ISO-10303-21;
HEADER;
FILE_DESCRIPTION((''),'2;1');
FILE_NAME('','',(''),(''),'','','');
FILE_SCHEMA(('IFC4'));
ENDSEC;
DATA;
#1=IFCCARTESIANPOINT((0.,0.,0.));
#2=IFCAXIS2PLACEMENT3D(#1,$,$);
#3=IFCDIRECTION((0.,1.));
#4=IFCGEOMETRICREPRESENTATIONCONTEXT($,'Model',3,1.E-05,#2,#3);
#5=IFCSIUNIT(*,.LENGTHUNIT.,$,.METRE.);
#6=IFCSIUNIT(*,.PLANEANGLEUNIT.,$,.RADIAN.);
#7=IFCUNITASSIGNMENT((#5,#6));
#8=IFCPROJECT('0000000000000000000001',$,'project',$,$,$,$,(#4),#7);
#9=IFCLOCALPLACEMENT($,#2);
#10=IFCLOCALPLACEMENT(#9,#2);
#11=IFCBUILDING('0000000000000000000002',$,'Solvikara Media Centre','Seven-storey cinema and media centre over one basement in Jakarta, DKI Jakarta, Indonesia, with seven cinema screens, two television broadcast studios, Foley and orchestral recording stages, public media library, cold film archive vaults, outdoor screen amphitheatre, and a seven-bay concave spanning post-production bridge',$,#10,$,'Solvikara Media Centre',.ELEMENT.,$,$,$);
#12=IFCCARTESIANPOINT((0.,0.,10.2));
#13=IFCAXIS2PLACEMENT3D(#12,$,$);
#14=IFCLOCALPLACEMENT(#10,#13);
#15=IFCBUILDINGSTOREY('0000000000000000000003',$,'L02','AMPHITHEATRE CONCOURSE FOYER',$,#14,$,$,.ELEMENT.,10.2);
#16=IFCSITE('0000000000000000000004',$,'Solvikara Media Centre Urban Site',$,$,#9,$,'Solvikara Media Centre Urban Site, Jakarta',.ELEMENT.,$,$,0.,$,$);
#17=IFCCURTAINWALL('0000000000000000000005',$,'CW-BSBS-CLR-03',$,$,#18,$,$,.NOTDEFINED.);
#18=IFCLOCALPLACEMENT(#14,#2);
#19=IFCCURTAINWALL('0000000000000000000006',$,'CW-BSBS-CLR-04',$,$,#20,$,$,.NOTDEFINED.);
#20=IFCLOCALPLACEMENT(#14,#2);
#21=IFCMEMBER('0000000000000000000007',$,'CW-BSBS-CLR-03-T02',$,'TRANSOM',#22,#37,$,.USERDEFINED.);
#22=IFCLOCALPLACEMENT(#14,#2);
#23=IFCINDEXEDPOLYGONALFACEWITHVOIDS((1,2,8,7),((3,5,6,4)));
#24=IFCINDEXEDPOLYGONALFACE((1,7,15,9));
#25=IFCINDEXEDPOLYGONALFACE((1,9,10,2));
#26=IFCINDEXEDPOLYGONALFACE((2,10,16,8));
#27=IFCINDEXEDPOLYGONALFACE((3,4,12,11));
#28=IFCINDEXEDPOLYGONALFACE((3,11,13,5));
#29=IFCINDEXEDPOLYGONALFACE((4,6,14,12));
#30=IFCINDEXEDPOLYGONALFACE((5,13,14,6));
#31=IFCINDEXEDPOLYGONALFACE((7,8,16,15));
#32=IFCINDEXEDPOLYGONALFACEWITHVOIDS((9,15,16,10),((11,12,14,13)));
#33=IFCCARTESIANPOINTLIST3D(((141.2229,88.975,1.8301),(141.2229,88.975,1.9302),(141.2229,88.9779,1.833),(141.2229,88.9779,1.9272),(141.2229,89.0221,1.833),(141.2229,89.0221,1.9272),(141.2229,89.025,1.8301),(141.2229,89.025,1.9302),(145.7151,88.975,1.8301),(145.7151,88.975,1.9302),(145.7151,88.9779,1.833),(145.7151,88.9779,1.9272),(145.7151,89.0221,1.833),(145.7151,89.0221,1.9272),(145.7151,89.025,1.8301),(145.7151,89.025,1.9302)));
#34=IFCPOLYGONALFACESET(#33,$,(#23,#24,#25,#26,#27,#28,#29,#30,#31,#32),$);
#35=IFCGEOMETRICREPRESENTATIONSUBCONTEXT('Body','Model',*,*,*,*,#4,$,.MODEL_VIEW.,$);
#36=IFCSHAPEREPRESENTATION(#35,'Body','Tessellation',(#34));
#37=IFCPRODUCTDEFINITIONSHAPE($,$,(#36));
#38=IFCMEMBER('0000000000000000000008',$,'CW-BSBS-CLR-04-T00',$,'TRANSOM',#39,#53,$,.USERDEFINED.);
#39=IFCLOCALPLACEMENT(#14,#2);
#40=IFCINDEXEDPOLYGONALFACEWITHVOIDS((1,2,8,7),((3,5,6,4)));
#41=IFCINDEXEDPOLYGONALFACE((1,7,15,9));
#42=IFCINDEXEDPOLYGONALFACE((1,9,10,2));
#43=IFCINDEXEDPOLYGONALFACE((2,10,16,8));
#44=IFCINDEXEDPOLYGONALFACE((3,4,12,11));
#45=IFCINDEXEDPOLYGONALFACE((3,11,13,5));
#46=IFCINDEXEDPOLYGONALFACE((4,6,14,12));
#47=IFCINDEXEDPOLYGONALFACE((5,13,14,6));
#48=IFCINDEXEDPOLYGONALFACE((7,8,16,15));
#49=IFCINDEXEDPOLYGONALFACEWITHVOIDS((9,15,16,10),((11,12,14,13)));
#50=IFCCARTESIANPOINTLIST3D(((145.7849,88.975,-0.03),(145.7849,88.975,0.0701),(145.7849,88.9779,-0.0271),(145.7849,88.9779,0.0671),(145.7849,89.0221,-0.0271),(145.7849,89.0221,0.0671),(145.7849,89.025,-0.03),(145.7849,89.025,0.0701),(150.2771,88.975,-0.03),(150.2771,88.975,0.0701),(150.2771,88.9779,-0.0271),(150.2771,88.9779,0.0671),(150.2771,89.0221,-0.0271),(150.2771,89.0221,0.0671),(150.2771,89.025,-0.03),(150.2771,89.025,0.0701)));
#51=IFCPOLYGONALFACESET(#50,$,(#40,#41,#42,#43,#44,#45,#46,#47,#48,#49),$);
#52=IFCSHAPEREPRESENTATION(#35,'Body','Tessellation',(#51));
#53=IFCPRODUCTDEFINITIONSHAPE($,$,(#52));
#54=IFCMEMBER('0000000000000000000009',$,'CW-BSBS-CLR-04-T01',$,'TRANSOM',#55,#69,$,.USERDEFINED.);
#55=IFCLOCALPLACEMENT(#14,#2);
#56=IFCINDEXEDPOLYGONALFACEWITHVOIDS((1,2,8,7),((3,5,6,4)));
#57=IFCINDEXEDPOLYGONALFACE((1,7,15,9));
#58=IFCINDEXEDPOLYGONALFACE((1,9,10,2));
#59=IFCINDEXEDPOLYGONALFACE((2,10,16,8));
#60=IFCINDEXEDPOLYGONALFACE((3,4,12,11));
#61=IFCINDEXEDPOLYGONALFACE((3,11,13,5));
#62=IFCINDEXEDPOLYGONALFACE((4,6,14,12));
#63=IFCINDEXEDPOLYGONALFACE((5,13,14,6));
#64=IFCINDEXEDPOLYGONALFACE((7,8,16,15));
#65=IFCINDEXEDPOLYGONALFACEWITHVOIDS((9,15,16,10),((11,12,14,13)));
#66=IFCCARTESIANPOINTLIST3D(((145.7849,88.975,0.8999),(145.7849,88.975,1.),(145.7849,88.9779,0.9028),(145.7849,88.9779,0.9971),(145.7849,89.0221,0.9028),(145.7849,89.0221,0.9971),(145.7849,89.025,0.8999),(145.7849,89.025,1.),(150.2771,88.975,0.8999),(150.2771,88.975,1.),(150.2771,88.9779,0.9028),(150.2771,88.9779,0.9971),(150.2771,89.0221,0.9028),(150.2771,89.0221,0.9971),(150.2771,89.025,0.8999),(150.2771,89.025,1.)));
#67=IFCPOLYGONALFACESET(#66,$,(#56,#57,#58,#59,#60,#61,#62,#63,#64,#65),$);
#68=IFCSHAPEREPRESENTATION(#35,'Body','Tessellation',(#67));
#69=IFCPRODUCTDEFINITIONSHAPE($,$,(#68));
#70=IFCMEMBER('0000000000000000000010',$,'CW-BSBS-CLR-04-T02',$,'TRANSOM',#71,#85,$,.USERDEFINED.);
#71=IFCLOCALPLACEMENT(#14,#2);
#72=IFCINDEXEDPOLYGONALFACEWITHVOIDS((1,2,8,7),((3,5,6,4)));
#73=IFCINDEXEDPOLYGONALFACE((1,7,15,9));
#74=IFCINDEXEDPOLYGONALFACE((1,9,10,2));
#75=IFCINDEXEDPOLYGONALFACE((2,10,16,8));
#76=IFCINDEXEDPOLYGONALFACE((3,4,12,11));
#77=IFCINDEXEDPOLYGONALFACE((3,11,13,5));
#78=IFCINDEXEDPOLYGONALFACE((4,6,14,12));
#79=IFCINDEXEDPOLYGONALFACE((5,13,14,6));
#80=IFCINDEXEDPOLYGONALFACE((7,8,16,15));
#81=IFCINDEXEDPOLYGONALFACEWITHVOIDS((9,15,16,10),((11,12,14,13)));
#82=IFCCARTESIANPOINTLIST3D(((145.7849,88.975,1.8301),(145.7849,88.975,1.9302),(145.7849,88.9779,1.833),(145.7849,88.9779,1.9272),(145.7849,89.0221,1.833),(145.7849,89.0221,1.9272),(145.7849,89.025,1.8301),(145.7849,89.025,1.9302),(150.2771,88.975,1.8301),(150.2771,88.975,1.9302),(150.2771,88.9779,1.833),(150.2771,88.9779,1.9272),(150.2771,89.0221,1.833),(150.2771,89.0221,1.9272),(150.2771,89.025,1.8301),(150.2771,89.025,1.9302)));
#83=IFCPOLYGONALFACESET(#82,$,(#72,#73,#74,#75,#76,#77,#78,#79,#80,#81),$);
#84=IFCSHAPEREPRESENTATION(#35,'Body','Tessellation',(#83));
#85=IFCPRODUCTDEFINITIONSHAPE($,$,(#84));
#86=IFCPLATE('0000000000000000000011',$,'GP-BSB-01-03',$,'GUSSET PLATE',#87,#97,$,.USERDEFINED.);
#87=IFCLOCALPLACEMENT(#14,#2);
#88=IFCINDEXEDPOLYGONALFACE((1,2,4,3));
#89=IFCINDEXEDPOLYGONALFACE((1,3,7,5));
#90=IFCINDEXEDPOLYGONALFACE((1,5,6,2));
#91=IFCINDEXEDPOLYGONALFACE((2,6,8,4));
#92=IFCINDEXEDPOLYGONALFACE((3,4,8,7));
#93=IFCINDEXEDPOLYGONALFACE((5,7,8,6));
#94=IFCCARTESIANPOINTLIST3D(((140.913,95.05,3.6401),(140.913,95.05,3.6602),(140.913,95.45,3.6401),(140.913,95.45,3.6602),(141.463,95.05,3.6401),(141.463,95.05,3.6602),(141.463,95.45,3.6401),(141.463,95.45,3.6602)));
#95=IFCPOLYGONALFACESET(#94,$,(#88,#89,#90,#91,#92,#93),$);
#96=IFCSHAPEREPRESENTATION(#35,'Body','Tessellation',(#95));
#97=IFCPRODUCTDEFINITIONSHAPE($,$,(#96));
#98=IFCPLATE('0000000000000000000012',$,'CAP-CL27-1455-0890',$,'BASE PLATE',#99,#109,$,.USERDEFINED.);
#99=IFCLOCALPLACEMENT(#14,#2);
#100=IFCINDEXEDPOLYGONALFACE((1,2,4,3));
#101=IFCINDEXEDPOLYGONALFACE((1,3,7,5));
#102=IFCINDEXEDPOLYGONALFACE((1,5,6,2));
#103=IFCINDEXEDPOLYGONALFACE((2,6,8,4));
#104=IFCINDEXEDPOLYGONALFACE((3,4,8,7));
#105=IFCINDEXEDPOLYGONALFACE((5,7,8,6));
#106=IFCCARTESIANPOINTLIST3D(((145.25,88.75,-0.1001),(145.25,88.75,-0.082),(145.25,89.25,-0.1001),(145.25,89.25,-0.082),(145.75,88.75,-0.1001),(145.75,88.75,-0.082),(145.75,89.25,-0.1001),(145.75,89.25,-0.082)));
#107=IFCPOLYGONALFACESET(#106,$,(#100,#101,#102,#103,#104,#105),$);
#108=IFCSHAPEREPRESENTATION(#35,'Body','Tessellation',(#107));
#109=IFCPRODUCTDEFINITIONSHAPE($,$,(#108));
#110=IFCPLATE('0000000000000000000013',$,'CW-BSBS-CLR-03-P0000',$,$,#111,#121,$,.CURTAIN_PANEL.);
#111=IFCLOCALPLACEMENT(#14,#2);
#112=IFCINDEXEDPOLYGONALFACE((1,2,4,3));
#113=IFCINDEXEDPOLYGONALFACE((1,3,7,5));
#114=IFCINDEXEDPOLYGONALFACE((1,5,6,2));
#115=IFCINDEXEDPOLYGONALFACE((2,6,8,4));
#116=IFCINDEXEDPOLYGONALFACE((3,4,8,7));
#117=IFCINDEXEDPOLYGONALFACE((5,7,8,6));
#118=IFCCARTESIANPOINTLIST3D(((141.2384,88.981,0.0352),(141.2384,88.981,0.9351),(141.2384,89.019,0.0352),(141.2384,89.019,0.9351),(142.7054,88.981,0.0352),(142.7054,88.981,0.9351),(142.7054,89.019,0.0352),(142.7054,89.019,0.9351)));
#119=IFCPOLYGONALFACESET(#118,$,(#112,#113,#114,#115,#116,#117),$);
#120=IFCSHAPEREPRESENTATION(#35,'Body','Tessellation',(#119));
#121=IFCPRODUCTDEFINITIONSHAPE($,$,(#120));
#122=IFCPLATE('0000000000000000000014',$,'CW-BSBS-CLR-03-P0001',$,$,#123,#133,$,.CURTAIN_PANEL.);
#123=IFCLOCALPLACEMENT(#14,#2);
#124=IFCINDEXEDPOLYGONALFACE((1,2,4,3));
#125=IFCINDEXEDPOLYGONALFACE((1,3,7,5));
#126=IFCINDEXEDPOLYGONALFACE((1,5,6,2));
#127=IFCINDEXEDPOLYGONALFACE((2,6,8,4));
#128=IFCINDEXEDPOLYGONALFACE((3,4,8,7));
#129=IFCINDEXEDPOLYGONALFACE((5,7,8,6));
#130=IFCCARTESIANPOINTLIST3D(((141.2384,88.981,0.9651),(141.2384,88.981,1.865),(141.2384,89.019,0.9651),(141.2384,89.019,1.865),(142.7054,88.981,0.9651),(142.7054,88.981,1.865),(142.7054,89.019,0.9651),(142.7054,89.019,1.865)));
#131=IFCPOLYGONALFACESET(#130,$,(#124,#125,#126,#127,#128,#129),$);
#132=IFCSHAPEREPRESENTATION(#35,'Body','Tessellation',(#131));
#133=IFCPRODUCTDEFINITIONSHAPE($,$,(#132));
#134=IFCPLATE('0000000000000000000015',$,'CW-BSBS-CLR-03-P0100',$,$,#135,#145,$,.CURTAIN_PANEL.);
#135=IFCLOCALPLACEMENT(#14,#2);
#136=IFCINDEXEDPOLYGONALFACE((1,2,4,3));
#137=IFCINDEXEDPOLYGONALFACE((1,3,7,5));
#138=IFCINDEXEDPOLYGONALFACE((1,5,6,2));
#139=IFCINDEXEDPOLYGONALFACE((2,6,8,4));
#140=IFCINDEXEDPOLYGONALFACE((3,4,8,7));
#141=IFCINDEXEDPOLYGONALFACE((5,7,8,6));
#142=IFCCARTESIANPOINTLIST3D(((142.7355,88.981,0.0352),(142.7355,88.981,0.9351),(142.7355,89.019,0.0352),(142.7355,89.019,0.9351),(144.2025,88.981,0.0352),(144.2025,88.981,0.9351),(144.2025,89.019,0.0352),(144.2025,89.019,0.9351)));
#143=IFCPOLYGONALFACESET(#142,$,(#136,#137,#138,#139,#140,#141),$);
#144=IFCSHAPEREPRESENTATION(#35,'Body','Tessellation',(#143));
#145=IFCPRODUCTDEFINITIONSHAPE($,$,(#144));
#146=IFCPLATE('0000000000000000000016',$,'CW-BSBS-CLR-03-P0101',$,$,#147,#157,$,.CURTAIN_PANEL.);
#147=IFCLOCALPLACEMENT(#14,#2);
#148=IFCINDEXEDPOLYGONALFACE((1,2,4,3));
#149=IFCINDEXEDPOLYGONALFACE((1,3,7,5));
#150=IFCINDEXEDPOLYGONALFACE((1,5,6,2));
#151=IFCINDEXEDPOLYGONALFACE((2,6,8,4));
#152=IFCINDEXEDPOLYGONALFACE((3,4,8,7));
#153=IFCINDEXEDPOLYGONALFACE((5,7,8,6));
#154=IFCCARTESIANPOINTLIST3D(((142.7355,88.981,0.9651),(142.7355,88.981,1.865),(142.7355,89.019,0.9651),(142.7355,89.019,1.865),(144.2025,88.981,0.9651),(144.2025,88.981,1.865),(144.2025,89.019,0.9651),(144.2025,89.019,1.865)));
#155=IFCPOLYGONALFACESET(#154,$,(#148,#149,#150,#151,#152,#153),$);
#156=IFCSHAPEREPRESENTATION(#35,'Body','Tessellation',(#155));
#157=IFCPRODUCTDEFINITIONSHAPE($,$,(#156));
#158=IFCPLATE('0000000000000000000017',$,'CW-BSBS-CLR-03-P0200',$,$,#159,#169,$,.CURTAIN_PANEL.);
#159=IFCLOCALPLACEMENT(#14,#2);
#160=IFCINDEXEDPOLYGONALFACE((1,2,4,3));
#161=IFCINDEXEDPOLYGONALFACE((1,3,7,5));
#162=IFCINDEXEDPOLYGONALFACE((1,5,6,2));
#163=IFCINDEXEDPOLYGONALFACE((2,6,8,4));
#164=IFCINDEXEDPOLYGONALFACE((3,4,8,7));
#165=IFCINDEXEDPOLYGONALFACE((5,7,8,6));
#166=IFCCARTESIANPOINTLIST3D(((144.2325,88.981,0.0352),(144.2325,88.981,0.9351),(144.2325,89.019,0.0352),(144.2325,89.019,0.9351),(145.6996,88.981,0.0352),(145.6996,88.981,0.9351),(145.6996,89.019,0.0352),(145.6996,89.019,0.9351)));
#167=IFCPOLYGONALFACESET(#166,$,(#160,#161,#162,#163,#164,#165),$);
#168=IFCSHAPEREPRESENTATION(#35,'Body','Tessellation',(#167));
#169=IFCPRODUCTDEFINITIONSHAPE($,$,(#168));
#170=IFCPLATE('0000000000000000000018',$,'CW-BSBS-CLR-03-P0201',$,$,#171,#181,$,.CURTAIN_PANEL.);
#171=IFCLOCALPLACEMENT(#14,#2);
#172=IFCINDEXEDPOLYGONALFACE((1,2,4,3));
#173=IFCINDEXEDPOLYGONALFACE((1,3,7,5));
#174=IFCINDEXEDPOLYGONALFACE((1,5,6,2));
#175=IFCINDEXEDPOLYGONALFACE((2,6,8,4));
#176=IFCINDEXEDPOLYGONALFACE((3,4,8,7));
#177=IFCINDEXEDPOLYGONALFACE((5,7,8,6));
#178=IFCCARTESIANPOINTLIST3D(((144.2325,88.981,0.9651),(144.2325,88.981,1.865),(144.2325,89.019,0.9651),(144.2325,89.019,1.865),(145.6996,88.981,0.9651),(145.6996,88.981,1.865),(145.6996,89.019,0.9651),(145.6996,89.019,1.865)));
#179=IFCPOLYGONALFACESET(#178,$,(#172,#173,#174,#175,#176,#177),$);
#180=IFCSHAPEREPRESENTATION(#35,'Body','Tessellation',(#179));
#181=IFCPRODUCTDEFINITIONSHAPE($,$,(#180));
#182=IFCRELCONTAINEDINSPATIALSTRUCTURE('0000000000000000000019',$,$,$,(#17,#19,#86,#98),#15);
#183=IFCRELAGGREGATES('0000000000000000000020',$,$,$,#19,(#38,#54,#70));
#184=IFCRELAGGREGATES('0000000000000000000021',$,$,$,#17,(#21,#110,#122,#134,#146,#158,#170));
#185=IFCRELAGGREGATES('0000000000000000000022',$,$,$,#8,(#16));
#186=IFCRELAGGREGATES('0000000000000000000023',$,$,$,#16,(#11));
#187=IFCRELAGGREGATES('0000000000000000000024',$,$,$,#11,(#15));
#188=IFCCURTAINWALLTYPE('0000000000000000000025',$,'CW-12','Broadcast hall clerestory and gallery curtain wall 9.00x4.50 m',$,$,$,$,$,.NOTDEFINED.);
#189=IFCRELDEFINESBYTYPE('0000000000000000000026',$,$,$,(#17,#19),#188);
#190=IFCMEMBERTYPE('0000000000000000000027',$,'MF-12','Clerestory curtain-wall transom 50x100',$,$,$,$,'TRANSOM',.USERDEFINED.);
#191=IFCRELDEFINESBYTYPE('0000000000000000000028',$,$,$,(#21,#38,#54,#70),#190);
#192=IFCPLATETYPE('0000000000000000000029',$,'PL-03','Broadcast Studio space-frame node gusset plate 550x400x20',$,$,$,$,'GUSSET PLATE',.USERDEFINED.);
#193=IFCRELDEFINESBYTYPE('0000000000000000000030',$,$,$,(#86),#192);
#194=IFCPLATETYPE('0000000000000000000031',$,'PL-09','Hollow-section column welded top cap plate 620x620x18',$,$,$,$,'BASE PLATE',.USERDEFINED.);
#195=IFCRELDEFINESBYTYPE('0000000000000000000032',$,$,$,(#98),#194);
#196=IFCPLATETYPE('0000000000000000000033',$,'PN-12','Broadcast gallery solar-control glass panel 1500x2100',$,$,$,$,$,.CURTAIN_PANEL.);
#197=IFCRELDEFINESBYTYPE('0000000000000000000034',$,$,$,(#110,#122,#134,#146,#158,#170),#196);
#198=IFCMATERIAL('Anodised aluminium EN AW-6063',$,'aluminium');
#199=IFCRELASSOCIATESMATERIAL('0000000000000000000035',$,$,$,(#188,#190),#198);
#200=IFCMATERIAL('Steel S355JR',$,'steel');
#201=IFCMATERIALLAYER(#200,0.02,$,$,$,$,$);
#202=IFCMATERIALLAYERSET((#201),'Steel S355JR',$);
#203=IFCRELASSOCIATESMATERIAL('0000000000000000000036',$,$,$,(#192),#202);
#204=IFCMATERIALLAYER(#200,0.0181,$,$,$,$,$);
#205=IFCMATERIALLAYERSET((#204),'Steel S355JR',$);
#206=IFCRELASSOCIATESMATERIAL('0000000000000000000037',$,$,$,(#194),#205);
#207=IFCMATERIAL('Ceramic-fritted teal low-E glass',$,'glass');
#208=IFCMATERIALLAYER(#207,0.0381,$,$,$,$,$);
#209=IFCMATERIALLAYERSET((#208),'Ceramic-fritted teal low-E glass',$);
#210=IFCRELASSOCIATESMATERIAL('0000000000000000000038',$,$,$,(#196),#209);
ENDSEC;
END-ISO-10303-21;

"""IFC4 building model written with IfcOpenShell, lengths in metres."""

from ifc_helpers import new_model, si_unit, direction, frame, origin, origin_2d, place, context, subcontext, project, spatial, rectangle, hollow_rectangle, extrude, material, layer, layer_set, material_profile, profile_set, type_object, element, aggregate, save


model = new_model("IFC4")

# Units and contexts
model_context = context("Model", 3, precision=1e-05, world=origin(), true_north=direction((0.0, 1.0)))
body_context = subcontext(model_context, "Body", "Model", "MODEL_VIEW")
ifc_project = project(units=[si_unit("LENGTHUNIT", "METRE"), si_unit("PLANEANGLEUNIT", "RADIAN")], contexts=[model_context])

# Site, building, storey
site_placement = place(None, origin())
site = spatial("IfcSite", under=ifc_project, at=site_placement, Name="Solvikara Media Centre Urban Site", LongName="Solvikara Media Centre Urban Site, Jakarta", CompositionType="ELEMENT", RefElevation=0.0)
building_placement = place(site_placement, origin())
building = spatial("IfcBuilding", under=site, at=building_placement, Name="Solvikara Media Centre", Description="Seven-storey cinema and media centre over one basement in Jakarta, DKI Jakarta, Indonesia, with seven cinema screens, two television broadcast studios, Foley and orchestral recording stages, public media library, cold film archive vaults, outdoor screen amphitheatre, and a seven-bay concave spanning post-production bridge", LongName="Solvikara Media Centre", CompositionType="ELEMENT")
storey_placement = place(building_placement, frame((0.0, 0.0, 10.2)))
storey = spatial("IfcBuildingStorey", under=building, at=storey_placement, Name="L02", Description="AMPHITHEATRE CONCOURSE FOYER", CompositionType="ELEMENT", Elevation=10.2)

# Shared definitions
ifc_material_1 = material(Name="Steel S355JR", Category="steel")

# Curtain wall
ifc_material_2 = material(Name="Anodised aluminium EN AW-6063", Category="aluminium")
curtain_wall_type = type_object("IfcCurtainWallType", Name="CW-12", Description="Broadcast hall clerestory and gallery curtain wall 9.00x4.50 m", PredefinedType="NOTDEFINED", material=ifc_material_2)
curtain_wall_1_placement = place(storey_placement, origin())
curtain_wall_1 = element("IfcCurtainWall", 1, at=curtain_wall_1_placement, inside=storey, type_object=curtain_wall_type, Name="CW-BSBS-CLR-03", PredefinedType="NOTDEFINED")

# Curtain wall
curtain_wall_2_placement = place(storey_placement, origin())
curtain_wall_2 = element("IfcCurtainWall", 2, at=curtain_wall_2_placement, inside=storey, type_object=curtain_wall_type, Name="CW-BSBS-CLR-04", PredefinedType="NOTDEFINED")

# Members
ifc_material_profile_1 = material_profile(ifc_material_2, hollow_rectangle(XDim=0.05, YDim=0.1001, WallThickness=0.0029, at=origin_2d()), Name="ALU-T 50x100x3")
ifc_profile_set_1 = profile_set([ifc_material_profile_1], Name="Anodised aluminium EN AW-6063")
member_type_1 = type_object("IfcMemberType", Name="MF-12", Description="Clerestory curtain-wall transom 50x100", ElementType="TRANSOM", PredefinedType="USERDEFINED", material=ifc_profile_set_1)
member_1_placement = place(storey_placement, frame((141.2229, 89.0, 1.8801), z_axis=(1.0, 0.0, 0.0), x_axis=(0.0, 1.0, 0.0)))
member_1 = element("IfcMember", 3, at=member_1_placement, type_object=member_type_1, Name="CW-BSBS-CLR-03-T02", ObjectType="TRANSOM", PredefinedType="USERDEFINED", context=body_context, shape_type="SweptSolid", body=[
    extrude(hollow_rectangle(XDim=0.05, YDim=0.1001, WallThickness=0.0029, at=origin_2d()), origin(), (0.0, 0.0, 1.0), 4.4922),
])
member_2_placement = place(storey_placement, frame((145.7849, 89.0, 0.02), z_axis=(1.0, 0.0, 0.0), x_axis=(0.0, 1.0, 0.0)))
member_2 = element("IfcMember", 4, at=member_2_placement, type_object=member_type_1, Name="CW-BSBS-CLR-04-T00", ObjectType="TRANSOM", PredefinedType="USERDEFINED", context=body_context, shape_type="SweptSolid", body=[
    extrude(hollow_rectangle(XDim=0.05, YDim=0.1001, WallThickness=0.0029, at=origin_2d()), origin(), (0.0, 0.0, 1.0), 4.4922),
])
member_3_placement = place(storey_placement, frame((145.7849, 89.0, 0.95), z_axis=(1.0, 0.0, 0.0), x_axis=(0.0, 1.0, 0.0)))
member_3 = element("IfcMember", 5, at=member_3_placement, type_object=member_type_1, Name="CW-BSBS-CLR-04-T01", ObjectType="TRANSOM", PredefinedType="USERDEFINED", context=body_context, shape_type="SweptSolid", body=[
    extrude(hollow_rectangle(XDim=0.05, YDim=0.1001, WallThickness=0.0029, at=origin_2d()), origin(), (0.0, 0.0, 1.0), 4.4922),
])
member_4_placement = place(storey_placement, frame((145.7849, 89.0, 1.8801), z_axis=(1.0, 0.0, 0.0), x_axis=(0.0, 1.0, 0.0)))
member_4 = element("IfcMember", 6, at=member_4_placement, type_object=member_type_1, Name="CW-BSBS-CLR-04-T02", ObjectType="TRANSOM", PredefinedType="USERDEFINED", context=body_context, shape_type="SweptSolid", body=[
    extrude(hollow_rectangle(XDim=0.05, YDim=0.1001, WallThickness=0.0029, at=origin_2d()), origin(), (0.0, 0.0, 1.0), 4.4922),
])
aggregate(curtain_wall_2, [member_2, member_3, member_4])

# Plates
ifc_layer_1 = layer(ifc_material_1, 0.02)
ifc_layer_set_1 = layer_set([ifc_layer_1], Name="Steel S355JR")
plate_type_1 = type_object("IfcPlateType", Name="PL-03", Description="Broadcast Studio space-frame node gusset plate 550x400x20", ElementType="GUSSET PLATE", PredefinedType="USERDEFINED", material=ifc_layer_set_1)
plate_1_placement = place(storey_placement, frame((141.188, 95.25, 3.6401), z_axis=(0.0, 0.0, 1.0), x_axis=(1.0, 0.0, 0.0)))
element("IfcPlate", 7, at=plate_1_placement, inside=storey, type_object=plate_type_1, Name="GP-BSB-01-03", ObjectType="GUSSET PLATE", PredefinedType="USERDEFINED", context=body_context, shape_type="SweptSolid", body=[
    extrude(rectangle(XDim=0.55, YDim=0.3999, at=origin_2d()), origin(), (0.0, 0.0, 1.0), 0.02),
])
ifc_layer_2 = layer(ifc_material_1, 0.0181)
ifc_layer_set_2 = layer_set([ifc_layer_2], Name="Steel S355JR")
plate_type_2 = type_object("IfcPlateType", Name="PL-09", Description="Hollow-section column welded top cap plate 620x620x18", ElementType="BASE PLATE", PredefinedType="USERDEFINED", material=ifc_layer_set_2)
plate_2_placement = place(storey_placement, frame((145.5, 89.0, -0.1001), z_axis=(0.0, 0.0, 1.0), x_axis=(1.0, 0.0, 0.0)))
element("IfcPlate", 8, at=plate_2_placement, inside=storey, type_object=plate_type_2, Name="CAP-CL27-1455-0890", ObjectType="BASE PLATE", PredefinedType="USERDEFINED", context=body_context, shape_type="SweptSolid", body=[
    extrude(rectangle(XDim=0.5, YDim=0.5, at=origin_2d()), origin(), (0.0, 0.0, 1.0), 0.0181),
])

# Plates
ifc_material_3 = material(Name="Ceramic-fritted teal low-E glass", Category="glass")
ifc_layer_3 = layer(ifc_material_3, 0.0381)
ifc_layer_set_3 = layer_set([ifc_layer_3], Name="Ceramic-fritted teal low-E glass")
plate_type_3 = type_object("IfcPlateType", Name="PN-12", Description="Broadcast gallery solar-control glass panel 1500x2100", PredefinedType="CURTAIN_PANEL", material=ifc_layer_set_3)
plate_3_placement = place(storey_placement, frame((141.9719, 89.0, 0.0352), z_axis=(0.0, 0.0, 1.0), x_axis=(1.0, 0.0, 0.0)))
plate_3 = element("IfcPlate", 9, at=plate_3_placement, type_object=plate_type_3, Name="CW-BSBS-CLR-03-P0000", PredefinedType="CURTAIN_PANEL", context=body_context, shape_type="SweptSolid", body=[
    extrude(rectangle(XDim=1.467, YDim=0.0381, at=origin_2d()), origin(), (0.0, 0.0, 1.0), 0.8999),
])
plate_4_placement = place(storey_placement, frame((141.9719, 89.0, 0.9651), z_axis=(0.0, 0.0, 1.0), x_axis=(1.0, 0.0, 0.0)))
plate_4 = element("IfcPlate", 10, at=plate_4_placement, type_object=plate_type_3, Name="CW-BSBS-CLR-03-P0001", PredefinedType="CURTAIN_PANEL", context=body_context, shape_type="SweptSolid", body=[
    extrude(rectangle(XDim=1.467, YDim=0.0381, at=origin_2d()), origin(), (0.0, 0.0, 1.0), 0.8999),
])
plate_5_placement = place(storey_placement, frame((143.469, 89.0, 0.0352), z_axis=(0.0, 0.0, 1.0), x_axis=(1.0, 0.0, 0.0)))
plate_5 = element("IfcPlate", 11, at=plate_5_placement, type_object=plate_type_3, Name="CW-BSBS-CLR-03-P0100", PredefinedType="CURTAIN_PANEL", context=body_context, shape_type="SweptSolid", body=[
    extrude(rectangle(XDim=1.467, YDim=0.0381, at=origin_2d()), origin(), (0.0, 0.0, 1.0), 0.8999),
])
plate_6_placement = place(storey_placement, frame((143.469, 89.0, 0.9651), z_axis=(0.0, 0.0, 1.0), x_axis=(1.0, 0.0, 0.0)))
plate_6 = element("IfcPlate", 12, at=plate_6_placement, type_object=plate_type_3, Name="CW-BSBS-CLR-03-P0101", PredefinedType="CURTAIN_PANEL", context=body_context, shape_type="SweptSolid", body=[
    extrude(rectangle(XDim=1.467, YDim=0.0381, at=origin_2d()), origin(), (0.0, 0.0, 1.0), 0.8999),
])
plate_7_placement = place(storey_placement, frame((144.9661, 89.0, 0.0352), z_axis=(0.0, 0.0, 1.0), x_axis=(1.0, 0.0, 0.0)))
plate_7 = element("IfcPlate", 13, at=plate_7_placement, type_object=plate_type_3, Name="CW-BSBS-CLR-03-P0200", PredefinedType="CURTAIN_PANEL", context=body_context, shape_type="SweptSolid", body=[
    extrude(rectangle(XDim=1.467, YDim=0.0381, at=origin_2d()), origin(), (0.0, 0.0, 1.0), 0.8999),
])
plate_8_placement = place(storey_placement, frame((144.9661, 89.0, 0.9651), z_axis=(0.0, 0.0, 1.0), x_axis=(1.0, 0.0, 0.0)))
plate_8 = element("IfcPlate", 14, at=plate_8_placement, type_object=plate_type_3, Name="CW-BSBS-CLR-03-P0201", PredefinedType="CURTAIN_PANEL", context=body_context, shape_type="SweptSolid", body=[
    extrude(rectangle(XDim=1.467, YDim=0.0381, at=origin_2d()), origin(), (0.0, 0.0, 1.0), 0.8999),
])
aggregate(curtain_wall_1, [member_1, plate_3, plate_4, plate_5, plate_6, plate_7, plate_8])

save(model, "model.ifc")
